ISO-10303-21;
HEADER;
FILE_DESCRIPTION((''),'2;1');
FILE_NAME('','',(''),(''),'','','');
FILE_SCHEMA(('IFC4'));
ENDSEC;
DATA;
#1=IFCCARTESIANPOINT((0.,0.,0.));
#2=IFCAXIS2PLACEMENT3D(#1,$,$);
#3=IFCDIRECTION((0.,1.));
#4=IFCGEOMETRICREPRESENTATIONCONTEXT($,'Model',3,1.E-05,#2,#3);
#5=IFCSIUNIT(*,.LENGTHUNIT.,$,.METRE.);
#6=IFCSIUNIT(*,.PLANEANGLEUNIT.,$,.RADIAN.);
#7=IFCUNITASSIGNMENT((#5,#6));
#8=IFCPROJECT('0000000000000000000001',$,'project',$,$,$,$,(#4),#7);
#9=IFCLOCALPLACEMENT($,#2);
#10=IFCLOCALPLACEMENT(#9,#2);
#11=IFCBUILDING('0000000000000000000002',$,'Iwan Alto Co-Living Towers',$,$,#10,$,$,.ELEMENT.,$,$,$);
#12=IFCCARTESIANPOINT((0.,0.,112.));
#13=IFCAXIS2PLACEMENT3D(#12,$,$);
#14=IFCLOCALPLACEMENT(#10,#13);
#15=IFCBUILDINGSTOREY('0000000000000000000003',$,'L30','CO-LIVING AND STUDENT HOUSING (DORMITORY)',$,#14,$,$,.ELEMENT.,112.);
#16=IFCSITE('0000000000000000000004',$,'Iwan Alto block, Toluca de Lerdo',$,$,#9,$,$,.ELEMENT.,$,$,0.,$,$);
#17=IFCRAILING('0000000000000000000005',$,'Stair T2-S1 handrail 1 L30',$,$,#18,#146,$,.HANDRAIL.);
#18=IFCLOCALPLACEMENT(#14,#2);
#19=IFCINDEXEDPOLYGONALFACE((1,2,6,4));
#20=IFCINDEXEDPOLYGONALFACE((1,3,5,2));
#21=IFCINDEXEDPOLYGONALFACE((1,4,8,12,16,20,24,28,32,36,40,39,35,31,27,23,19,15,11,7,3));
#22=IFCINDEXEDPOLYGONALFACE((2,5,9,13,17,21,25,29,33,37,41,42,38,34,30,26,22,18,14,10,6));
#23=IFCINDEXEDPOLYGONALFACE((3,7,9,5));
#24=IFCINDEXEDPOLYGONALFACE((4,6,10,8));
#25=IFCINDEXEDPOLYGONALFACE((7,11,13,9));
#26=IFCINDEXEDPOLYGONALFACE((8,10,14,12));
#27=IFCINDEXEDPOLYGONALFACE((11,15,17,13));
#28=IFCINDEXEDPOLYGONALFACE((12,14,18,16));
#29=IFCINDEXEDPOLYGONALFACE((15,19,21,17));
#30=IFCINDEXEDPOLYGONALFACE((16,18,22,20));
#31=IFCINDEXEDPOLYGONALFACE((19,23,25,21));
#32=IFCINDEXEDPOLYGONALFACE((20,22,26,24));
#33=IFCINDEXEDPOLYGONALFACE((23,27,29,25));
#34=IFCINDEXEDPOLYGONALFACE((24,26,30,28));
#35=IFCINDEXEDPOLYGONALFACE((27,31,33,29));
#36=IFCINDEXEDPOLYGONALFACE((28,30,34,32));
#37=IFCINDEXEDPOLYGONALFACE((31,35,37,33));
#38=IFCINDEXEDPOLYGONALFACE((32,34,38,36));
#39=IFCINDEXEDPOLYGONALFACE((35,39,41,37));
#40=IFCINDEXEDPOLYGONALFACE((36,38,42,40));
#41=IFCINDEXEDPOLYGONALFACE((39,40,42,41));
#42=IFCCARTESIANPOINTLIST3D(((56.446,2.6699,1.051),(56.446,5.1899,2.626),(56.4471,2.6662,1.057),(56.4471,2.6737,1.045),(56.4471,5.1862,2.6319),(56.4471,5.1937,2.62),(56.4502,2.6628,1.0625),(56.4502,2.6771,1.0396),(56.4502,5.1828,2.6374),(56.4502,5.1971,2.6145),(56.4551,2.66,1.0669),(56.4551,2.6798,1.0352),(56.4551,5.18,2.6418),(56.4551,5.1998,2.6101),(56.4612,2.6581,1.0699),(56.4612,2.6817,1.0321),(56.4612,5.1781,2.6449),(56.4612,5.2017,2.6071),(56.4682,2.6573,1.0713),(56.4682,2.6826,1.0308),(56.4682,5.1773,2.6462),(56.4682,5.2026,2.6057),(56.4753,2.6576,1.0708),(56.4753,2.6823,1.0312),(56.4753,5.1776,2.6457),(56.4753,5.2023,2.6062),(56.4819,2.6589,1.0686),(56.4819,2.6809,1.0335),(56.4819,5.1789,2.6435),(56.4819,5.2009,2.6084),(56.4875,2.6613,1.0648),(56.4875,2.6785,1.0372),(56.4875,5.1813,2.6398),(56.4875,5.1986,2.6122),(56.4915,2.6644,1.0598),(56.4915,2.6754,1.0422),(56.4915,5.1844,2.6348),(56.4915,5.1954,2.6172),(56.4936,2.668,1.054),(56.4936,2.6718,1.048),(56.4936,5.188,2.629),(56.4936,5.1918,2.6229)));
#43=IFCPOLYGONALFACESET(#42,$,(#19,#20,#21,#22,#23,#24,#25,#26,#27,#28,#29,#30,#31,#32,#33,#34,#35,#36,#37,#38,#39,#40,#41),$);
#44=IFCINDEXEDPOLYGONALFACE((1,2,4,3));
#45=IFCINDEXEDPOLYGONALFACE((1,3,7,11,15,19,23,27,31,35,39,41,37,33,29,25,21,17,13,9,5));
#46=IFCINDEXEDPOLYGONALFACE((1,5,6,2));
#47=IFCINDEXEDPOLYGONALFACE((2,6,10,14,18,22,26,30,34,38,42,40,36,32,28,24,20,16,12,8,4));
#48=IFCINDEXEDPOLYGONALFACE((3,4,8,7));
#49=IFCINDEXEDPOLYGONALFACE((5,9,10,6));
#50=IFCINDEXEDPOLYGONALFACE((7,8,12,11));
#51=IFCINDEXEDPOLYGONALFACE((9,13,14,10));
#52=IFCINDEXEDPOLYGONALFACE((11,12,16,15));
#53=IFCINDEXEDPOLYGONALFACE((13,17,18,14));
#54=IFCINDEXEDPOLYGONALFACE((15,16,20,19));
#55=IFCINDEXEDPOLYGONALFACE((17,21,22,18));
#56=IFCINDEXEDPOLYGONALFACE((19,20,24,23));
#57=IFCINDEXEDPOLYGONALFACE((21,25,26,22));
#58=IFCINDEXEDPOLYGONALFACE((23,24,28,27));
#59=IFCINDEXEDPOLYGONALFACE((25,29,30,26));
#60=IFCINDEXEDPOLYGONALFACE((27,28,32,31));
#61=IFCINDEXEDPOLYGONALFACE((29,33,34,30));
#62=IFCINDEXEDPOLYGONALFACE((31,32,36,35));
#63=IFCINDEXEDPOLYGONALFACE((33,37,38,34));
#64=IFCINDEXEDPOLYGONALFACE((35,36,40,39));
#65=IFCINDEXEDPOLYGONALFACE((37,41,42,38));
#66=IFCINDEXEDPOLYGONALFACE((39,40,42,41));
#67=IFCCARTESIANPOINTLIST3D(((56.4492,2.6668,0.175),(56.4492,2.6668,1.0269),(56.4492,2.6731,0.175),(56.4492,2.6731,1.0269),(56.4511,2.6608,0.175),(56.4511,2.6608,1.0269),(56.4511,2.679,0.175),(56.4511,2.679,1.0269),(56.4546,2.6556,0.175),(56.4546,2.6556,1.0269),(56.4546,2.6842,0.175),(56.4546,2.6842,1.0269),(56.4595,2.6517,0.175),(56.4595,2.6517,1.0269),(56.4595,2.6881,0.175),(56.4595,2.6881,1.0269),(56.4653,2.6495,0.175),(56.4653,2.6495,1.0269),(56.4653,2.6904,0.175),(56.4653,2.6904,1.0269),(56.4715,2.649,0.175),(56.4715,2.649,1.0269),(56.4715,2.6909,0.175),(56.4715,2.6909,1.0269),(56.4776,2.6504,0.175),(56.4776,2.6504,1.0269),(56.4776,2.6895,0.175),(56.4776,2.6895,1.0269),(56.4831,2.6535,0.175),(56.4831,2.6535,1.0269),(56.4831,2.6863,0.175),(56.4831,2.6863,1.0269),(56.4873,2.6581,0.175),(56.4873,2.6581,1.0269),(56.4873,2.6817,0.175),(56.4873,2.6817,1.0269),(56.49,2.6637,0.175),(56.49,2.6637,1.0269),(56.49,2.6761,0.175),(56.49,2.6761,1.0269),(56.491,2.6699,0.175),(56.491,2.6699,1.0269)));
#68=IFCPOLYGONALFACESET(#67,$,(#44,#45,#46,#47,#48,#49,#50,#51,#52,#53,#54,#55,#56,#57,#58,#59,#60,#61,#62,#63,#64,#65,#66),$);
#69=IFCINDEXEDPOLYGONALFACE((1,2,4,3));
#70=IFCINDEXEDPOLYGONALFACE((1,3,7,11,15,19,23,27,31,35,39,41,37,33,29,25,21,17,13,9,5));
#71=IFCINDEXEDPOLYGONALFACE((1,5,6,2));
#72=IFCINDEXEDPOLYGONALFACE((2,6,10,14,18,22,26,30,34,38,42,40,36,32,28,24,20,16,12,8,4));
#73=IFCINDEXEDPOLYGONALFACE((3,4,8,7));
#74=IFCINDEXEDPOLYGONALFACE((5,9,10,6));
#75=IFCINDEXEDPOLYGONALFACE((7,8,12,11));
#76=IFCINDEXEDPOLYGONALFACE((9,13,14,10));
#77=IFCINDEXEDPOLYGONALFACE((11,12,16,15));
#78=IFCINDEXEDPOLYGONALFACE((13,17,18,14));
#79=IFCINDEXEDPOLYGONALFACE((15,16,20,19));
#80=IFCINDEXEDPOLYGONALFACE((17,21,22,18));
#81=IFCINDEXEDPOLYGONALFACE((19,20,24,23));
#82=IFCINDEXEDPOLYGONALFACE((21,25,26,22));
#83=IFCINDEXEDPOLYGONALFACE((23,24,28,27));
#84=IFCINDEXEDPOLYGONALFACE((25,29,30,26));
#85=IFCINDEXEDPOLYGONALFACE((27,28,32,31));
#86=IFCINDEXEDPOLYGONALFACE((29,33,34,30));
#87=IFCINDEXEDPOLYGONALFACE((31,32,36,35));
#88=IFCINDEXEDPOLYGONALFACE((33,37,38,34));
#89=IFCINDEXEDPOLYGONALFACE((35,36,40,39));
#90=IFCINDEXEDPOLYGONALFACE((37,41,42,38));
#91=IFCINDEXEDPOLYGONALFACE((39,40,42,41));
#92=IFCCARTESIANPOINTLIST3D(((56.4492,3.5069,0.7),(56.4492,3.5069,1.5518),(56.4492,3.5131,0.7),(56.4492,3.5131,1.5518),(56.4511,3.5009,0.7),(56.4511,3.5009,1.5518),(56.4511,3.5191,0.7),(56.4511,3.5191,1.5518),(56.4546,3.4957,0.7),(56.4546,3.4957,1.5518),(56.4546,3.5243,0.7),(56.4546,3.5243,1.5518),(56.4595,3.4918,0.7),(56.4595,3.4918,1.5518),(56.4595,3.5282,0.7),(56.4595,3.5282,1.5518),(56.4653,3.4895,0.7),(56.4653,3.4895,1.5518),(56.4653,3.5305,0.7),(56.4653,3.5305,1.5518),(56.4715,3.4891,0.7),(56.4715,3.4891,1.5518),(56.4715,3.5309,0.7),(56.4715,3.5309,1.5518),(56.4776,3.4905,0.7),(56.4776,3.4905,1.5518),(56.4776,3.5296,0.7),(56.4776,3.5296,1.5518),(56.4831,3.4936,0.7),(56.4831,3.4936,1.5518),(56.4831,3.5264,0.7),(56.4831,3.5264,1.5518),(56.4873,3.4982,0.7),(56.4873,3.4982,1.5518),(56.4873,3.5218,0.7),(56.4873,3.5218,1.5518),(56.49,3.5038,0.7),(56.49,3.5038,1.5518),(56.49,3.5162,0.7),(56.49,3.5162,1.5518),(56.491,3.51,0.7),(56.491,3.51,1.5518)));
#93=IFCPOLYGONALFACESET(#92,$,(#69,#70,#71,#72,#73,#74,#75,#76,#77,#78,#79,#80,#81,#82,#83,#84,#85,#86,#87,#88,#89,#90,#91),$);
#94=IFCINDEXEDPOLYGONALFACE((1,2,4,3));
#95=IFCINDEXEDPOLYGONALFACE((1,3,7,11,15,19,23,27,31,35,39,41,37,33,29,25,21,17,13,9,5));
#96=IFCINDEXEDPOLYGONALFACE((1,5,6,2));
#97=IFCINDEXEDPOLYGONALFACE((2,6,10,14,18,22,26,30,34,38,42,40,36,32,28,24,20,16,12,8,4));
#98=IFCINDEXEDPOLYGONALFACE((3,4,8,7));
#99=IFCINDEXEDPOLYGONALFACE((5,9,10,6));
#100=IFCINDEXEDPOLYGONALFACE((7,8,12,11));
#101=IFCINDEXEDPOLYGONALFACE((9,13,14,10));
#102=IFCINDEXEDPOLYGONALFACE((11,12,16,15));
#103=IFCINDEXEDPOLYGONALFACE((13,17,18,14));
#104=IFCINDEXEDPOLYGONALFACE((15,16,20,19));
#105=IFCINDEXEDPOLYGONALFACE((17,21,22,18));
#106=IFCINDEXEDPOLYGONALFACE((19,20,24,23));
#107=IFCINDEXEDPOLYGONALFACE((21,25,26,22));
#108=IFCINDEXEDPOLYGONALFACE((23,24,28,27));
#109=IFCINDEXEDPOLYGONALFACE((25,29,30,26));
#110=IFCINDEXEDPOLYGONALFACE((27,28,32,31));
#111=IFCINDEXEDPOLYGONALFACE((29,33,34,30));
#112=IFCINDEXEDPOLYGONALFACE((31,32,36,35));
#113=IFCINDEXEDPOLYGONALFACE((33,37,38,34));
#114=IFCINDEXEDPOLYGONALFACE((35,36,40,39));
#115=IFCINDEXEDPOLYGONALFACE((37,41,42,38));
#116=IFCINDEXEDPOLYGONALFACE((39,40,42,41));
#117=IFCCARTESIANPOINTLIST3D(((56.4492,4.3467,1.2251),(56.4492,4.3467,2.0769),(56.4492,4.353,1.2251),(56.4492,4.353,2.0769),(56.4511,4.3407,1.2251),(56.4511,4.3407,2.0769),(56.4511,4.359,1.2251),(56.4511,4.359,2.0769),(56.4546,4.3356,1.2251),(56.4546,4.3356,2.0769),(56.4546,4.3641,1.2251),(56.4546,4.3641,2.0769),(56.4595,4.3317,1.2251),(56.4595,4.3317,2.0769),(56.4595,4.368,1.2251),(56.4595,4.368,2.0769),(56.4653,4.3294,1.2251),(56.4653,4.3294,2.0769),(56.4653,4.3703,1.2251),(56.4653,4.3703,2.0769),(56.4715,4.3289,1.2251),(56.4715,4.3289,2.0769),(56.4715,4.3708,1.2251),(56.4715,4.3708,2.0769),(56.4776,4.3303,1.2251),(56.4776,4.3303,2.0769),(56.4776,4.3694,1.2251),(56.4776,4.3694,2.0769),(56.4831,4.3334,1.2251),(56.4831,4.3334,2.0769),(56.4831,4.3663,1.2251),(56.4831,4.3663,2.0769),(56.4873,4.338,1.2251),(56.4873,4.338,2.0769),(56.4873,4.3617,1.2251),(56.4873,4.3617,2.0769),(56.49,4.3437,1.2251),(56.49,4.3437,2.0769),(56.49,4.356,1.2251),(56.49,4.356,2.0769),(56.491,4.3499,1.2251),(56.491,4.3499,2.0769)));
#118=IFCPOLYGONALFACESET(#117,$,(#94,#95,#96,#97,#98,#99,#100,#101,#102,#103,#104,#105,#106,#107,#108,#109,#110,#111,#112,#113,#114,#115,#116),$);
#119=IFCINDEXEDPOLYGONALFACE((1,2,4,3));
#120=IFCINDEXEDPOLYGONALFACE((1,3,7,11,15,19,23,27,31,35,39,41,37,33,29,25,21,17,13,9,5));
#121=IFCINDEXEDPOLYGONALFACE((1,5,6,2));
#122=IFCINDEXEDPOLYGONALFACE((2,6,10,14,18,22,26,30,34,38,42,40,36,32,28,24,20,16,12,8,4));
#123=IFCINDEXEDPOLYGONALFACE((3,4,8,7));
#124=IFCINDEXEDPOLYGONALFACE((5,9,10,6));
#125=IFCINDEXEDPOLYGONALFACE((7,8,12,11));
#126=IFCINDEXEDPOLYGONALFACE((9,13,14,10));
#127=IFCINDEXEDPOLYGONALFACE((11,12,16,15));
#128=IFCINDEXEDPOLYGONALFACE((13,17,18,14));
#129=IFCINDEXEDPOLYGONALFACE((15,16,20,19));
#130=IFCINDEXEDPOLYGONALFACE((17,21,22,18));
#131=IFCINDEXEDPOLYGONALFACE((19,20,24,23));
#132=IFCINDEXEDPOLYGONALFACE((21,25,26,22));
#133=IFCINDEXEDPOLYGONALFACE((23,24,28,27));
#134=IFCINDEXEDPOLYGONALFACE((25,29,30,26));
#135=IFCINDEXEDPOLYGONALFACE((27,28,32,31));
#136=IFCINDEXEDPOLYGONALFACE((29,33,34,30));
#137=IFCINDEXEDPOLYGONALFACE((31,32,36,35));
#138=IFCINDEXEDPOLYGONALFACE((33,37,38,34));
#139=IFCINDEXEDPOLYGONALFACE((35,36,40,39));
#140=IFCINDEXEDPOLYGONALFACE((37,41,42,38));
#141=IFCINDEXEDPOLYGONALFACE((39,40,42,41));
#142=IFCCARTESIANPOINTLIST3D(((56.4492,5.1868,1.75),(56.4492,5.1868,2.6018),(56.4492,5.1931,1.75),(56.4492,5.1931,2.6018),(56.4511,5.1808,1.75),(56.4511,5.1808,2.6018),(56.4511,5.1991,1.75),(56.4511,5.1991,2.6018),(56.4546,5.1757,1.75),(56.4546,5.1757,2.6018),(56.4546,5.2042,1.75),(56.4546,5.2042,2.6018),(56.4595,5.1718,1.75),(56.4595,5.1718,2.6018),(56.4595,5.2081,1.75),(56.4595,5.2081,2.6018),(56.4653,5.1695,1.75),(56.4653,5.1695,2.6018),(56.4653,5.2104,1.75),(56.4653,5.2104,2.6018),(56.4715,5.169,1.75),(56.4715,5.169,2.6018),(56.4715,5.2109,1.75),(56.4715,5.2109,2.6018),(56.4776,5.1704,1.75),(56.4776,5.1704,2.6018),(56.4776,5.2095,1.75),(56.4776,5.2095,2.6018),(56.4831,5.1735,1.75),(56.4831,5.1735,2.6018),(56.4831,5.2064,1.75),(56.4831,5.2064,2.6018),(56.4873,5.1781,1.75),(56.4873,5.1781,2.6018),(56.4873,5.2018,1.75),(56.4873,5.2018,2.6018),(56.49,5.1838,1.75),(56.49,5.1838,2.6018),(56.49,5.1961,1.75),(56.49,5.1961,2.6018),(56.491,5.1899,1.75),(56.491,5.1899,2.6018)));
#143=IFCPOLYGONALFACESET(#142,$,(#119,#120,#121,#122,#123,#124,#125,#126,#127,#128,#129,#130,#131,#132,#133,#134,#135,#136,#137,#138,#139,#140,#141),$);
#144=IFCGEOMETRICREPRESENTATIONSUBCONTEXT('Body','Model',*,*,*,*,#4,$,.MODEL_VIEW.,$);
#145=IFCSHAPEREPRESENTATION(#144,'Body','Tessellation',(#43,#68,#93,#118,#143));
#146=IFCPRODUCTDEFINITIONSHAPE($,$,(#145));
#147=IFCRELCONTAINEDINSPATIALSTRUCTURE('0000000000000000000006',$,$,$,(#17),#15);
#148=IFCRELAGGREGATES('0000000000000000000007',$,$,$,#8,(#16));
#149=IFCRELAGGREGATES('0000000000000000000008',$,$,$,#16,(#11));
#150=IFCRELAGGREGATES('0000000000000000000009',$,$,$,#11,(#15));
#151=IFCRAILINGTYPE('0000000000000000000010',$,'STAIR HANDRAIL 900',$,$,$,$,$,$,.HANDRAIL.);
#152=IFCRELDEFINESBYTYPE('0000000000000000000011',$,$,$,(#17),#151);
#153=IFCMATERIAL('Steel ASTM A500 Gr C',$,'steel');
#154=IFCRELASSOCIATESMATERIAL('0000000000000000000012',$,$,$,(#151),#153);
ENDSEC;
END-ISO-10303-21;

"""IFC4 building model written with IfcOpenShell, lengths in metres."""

from ifc_helpers import new_model, si_unit, direction, frame, origin, origin_2d, place, context, subcontext, project, spatial, circle, extrude, material, type_object, element, save


model = new_model("IFC4")

# Units and contexts
model_context = context("Model", 3, precision=1e-05, world=origin(), true_north=direction((0.0, 1.0)))
body_context = subcontext(model_context, "Body", "Model", "MODEL_VIEW")
ifc_project = project(units=[si_unit("LENGTHUNIT", "METRE"), si_unit("PLANEANGLEUNIT", "RADIAN")], contexts=[model_context])

# Site, building, storey
site_placement = place(None, origin())
site = spatial("IfcSite", under=ifc_project, at=site_placement, Name="Iwan Alto block, Toluca de Lerdo", CompositionType="ELEMENT", RefElevation=0.0)
building_placement = place(site_placement, origin())
building = spatial("IfcBuilding", under=site, at=building_placement, Name="Iwan Alto Co-Living Towers", CompositionType="ELEMENT")
storey_placement = place(building_placement, frame((0.0, 0.0, 112.0)))
storey = spatial("IfcBuildingStorey", under=building, at=storey_placement, Name="L30", Description="CO-LIVING AND STUDENT HOUSING (DORMITORY)", CompositionType="ELEMENT", Elevation=112.0)

# Railing
ifc_material_1 = material(Name="Steel ASTM A500 Gr C", Category="steel")
railing_type_1 = type_object("IfcRailingType", Name="STAIR HANDRAIL 900", PredefinedType="HANDRAIL", material=ifc_material_1)
railing_1_placement = place(storey_placement, frame((56.47, 2.6699, 0.175)))
element("IfcRailing", 1, at=railing_1_placement, inside=storey, type_object=railing_type_1, Name="Stair T2-S1 handrail 1 L30", PredefinedType="HANDRAIL", context=body_context, shape_type="SweptSolid", body=[
    extrude(circle(Radius=0.0239, at=origin_2d()), frame((0.0, 0.0, 0.876), z_axis=(0.0, 0.848008, 0.529984), x_axis=(-1.0, 0.0, 0.0)), (0.0, 0.0, 1.0), 2.9717),
    extrude(circle(Radius=0.021, at=origin_2d()), origin(), (0.0, 0.0, 1.0), 0.8518),
    extrude(circle(Radius=0.021, at=origin_2d()), frame((0.0, 0.8401, 0.5249)), (0.0, 0.0, 1.0), 0.8518),
    extrude(circle(Radius=0.021, at=origin_2d()), frame((0.0, 1.6799, 1.05)), (0.0, 0.0, 1.0), 0.8518),
    extrude(circle(Radius=0.021, at=origin_2d()), frame((0.0, 2.52, 1.575)), (0.0, 0.0, 1.0), 0.8518),
])

save(model, "model.ifc")
